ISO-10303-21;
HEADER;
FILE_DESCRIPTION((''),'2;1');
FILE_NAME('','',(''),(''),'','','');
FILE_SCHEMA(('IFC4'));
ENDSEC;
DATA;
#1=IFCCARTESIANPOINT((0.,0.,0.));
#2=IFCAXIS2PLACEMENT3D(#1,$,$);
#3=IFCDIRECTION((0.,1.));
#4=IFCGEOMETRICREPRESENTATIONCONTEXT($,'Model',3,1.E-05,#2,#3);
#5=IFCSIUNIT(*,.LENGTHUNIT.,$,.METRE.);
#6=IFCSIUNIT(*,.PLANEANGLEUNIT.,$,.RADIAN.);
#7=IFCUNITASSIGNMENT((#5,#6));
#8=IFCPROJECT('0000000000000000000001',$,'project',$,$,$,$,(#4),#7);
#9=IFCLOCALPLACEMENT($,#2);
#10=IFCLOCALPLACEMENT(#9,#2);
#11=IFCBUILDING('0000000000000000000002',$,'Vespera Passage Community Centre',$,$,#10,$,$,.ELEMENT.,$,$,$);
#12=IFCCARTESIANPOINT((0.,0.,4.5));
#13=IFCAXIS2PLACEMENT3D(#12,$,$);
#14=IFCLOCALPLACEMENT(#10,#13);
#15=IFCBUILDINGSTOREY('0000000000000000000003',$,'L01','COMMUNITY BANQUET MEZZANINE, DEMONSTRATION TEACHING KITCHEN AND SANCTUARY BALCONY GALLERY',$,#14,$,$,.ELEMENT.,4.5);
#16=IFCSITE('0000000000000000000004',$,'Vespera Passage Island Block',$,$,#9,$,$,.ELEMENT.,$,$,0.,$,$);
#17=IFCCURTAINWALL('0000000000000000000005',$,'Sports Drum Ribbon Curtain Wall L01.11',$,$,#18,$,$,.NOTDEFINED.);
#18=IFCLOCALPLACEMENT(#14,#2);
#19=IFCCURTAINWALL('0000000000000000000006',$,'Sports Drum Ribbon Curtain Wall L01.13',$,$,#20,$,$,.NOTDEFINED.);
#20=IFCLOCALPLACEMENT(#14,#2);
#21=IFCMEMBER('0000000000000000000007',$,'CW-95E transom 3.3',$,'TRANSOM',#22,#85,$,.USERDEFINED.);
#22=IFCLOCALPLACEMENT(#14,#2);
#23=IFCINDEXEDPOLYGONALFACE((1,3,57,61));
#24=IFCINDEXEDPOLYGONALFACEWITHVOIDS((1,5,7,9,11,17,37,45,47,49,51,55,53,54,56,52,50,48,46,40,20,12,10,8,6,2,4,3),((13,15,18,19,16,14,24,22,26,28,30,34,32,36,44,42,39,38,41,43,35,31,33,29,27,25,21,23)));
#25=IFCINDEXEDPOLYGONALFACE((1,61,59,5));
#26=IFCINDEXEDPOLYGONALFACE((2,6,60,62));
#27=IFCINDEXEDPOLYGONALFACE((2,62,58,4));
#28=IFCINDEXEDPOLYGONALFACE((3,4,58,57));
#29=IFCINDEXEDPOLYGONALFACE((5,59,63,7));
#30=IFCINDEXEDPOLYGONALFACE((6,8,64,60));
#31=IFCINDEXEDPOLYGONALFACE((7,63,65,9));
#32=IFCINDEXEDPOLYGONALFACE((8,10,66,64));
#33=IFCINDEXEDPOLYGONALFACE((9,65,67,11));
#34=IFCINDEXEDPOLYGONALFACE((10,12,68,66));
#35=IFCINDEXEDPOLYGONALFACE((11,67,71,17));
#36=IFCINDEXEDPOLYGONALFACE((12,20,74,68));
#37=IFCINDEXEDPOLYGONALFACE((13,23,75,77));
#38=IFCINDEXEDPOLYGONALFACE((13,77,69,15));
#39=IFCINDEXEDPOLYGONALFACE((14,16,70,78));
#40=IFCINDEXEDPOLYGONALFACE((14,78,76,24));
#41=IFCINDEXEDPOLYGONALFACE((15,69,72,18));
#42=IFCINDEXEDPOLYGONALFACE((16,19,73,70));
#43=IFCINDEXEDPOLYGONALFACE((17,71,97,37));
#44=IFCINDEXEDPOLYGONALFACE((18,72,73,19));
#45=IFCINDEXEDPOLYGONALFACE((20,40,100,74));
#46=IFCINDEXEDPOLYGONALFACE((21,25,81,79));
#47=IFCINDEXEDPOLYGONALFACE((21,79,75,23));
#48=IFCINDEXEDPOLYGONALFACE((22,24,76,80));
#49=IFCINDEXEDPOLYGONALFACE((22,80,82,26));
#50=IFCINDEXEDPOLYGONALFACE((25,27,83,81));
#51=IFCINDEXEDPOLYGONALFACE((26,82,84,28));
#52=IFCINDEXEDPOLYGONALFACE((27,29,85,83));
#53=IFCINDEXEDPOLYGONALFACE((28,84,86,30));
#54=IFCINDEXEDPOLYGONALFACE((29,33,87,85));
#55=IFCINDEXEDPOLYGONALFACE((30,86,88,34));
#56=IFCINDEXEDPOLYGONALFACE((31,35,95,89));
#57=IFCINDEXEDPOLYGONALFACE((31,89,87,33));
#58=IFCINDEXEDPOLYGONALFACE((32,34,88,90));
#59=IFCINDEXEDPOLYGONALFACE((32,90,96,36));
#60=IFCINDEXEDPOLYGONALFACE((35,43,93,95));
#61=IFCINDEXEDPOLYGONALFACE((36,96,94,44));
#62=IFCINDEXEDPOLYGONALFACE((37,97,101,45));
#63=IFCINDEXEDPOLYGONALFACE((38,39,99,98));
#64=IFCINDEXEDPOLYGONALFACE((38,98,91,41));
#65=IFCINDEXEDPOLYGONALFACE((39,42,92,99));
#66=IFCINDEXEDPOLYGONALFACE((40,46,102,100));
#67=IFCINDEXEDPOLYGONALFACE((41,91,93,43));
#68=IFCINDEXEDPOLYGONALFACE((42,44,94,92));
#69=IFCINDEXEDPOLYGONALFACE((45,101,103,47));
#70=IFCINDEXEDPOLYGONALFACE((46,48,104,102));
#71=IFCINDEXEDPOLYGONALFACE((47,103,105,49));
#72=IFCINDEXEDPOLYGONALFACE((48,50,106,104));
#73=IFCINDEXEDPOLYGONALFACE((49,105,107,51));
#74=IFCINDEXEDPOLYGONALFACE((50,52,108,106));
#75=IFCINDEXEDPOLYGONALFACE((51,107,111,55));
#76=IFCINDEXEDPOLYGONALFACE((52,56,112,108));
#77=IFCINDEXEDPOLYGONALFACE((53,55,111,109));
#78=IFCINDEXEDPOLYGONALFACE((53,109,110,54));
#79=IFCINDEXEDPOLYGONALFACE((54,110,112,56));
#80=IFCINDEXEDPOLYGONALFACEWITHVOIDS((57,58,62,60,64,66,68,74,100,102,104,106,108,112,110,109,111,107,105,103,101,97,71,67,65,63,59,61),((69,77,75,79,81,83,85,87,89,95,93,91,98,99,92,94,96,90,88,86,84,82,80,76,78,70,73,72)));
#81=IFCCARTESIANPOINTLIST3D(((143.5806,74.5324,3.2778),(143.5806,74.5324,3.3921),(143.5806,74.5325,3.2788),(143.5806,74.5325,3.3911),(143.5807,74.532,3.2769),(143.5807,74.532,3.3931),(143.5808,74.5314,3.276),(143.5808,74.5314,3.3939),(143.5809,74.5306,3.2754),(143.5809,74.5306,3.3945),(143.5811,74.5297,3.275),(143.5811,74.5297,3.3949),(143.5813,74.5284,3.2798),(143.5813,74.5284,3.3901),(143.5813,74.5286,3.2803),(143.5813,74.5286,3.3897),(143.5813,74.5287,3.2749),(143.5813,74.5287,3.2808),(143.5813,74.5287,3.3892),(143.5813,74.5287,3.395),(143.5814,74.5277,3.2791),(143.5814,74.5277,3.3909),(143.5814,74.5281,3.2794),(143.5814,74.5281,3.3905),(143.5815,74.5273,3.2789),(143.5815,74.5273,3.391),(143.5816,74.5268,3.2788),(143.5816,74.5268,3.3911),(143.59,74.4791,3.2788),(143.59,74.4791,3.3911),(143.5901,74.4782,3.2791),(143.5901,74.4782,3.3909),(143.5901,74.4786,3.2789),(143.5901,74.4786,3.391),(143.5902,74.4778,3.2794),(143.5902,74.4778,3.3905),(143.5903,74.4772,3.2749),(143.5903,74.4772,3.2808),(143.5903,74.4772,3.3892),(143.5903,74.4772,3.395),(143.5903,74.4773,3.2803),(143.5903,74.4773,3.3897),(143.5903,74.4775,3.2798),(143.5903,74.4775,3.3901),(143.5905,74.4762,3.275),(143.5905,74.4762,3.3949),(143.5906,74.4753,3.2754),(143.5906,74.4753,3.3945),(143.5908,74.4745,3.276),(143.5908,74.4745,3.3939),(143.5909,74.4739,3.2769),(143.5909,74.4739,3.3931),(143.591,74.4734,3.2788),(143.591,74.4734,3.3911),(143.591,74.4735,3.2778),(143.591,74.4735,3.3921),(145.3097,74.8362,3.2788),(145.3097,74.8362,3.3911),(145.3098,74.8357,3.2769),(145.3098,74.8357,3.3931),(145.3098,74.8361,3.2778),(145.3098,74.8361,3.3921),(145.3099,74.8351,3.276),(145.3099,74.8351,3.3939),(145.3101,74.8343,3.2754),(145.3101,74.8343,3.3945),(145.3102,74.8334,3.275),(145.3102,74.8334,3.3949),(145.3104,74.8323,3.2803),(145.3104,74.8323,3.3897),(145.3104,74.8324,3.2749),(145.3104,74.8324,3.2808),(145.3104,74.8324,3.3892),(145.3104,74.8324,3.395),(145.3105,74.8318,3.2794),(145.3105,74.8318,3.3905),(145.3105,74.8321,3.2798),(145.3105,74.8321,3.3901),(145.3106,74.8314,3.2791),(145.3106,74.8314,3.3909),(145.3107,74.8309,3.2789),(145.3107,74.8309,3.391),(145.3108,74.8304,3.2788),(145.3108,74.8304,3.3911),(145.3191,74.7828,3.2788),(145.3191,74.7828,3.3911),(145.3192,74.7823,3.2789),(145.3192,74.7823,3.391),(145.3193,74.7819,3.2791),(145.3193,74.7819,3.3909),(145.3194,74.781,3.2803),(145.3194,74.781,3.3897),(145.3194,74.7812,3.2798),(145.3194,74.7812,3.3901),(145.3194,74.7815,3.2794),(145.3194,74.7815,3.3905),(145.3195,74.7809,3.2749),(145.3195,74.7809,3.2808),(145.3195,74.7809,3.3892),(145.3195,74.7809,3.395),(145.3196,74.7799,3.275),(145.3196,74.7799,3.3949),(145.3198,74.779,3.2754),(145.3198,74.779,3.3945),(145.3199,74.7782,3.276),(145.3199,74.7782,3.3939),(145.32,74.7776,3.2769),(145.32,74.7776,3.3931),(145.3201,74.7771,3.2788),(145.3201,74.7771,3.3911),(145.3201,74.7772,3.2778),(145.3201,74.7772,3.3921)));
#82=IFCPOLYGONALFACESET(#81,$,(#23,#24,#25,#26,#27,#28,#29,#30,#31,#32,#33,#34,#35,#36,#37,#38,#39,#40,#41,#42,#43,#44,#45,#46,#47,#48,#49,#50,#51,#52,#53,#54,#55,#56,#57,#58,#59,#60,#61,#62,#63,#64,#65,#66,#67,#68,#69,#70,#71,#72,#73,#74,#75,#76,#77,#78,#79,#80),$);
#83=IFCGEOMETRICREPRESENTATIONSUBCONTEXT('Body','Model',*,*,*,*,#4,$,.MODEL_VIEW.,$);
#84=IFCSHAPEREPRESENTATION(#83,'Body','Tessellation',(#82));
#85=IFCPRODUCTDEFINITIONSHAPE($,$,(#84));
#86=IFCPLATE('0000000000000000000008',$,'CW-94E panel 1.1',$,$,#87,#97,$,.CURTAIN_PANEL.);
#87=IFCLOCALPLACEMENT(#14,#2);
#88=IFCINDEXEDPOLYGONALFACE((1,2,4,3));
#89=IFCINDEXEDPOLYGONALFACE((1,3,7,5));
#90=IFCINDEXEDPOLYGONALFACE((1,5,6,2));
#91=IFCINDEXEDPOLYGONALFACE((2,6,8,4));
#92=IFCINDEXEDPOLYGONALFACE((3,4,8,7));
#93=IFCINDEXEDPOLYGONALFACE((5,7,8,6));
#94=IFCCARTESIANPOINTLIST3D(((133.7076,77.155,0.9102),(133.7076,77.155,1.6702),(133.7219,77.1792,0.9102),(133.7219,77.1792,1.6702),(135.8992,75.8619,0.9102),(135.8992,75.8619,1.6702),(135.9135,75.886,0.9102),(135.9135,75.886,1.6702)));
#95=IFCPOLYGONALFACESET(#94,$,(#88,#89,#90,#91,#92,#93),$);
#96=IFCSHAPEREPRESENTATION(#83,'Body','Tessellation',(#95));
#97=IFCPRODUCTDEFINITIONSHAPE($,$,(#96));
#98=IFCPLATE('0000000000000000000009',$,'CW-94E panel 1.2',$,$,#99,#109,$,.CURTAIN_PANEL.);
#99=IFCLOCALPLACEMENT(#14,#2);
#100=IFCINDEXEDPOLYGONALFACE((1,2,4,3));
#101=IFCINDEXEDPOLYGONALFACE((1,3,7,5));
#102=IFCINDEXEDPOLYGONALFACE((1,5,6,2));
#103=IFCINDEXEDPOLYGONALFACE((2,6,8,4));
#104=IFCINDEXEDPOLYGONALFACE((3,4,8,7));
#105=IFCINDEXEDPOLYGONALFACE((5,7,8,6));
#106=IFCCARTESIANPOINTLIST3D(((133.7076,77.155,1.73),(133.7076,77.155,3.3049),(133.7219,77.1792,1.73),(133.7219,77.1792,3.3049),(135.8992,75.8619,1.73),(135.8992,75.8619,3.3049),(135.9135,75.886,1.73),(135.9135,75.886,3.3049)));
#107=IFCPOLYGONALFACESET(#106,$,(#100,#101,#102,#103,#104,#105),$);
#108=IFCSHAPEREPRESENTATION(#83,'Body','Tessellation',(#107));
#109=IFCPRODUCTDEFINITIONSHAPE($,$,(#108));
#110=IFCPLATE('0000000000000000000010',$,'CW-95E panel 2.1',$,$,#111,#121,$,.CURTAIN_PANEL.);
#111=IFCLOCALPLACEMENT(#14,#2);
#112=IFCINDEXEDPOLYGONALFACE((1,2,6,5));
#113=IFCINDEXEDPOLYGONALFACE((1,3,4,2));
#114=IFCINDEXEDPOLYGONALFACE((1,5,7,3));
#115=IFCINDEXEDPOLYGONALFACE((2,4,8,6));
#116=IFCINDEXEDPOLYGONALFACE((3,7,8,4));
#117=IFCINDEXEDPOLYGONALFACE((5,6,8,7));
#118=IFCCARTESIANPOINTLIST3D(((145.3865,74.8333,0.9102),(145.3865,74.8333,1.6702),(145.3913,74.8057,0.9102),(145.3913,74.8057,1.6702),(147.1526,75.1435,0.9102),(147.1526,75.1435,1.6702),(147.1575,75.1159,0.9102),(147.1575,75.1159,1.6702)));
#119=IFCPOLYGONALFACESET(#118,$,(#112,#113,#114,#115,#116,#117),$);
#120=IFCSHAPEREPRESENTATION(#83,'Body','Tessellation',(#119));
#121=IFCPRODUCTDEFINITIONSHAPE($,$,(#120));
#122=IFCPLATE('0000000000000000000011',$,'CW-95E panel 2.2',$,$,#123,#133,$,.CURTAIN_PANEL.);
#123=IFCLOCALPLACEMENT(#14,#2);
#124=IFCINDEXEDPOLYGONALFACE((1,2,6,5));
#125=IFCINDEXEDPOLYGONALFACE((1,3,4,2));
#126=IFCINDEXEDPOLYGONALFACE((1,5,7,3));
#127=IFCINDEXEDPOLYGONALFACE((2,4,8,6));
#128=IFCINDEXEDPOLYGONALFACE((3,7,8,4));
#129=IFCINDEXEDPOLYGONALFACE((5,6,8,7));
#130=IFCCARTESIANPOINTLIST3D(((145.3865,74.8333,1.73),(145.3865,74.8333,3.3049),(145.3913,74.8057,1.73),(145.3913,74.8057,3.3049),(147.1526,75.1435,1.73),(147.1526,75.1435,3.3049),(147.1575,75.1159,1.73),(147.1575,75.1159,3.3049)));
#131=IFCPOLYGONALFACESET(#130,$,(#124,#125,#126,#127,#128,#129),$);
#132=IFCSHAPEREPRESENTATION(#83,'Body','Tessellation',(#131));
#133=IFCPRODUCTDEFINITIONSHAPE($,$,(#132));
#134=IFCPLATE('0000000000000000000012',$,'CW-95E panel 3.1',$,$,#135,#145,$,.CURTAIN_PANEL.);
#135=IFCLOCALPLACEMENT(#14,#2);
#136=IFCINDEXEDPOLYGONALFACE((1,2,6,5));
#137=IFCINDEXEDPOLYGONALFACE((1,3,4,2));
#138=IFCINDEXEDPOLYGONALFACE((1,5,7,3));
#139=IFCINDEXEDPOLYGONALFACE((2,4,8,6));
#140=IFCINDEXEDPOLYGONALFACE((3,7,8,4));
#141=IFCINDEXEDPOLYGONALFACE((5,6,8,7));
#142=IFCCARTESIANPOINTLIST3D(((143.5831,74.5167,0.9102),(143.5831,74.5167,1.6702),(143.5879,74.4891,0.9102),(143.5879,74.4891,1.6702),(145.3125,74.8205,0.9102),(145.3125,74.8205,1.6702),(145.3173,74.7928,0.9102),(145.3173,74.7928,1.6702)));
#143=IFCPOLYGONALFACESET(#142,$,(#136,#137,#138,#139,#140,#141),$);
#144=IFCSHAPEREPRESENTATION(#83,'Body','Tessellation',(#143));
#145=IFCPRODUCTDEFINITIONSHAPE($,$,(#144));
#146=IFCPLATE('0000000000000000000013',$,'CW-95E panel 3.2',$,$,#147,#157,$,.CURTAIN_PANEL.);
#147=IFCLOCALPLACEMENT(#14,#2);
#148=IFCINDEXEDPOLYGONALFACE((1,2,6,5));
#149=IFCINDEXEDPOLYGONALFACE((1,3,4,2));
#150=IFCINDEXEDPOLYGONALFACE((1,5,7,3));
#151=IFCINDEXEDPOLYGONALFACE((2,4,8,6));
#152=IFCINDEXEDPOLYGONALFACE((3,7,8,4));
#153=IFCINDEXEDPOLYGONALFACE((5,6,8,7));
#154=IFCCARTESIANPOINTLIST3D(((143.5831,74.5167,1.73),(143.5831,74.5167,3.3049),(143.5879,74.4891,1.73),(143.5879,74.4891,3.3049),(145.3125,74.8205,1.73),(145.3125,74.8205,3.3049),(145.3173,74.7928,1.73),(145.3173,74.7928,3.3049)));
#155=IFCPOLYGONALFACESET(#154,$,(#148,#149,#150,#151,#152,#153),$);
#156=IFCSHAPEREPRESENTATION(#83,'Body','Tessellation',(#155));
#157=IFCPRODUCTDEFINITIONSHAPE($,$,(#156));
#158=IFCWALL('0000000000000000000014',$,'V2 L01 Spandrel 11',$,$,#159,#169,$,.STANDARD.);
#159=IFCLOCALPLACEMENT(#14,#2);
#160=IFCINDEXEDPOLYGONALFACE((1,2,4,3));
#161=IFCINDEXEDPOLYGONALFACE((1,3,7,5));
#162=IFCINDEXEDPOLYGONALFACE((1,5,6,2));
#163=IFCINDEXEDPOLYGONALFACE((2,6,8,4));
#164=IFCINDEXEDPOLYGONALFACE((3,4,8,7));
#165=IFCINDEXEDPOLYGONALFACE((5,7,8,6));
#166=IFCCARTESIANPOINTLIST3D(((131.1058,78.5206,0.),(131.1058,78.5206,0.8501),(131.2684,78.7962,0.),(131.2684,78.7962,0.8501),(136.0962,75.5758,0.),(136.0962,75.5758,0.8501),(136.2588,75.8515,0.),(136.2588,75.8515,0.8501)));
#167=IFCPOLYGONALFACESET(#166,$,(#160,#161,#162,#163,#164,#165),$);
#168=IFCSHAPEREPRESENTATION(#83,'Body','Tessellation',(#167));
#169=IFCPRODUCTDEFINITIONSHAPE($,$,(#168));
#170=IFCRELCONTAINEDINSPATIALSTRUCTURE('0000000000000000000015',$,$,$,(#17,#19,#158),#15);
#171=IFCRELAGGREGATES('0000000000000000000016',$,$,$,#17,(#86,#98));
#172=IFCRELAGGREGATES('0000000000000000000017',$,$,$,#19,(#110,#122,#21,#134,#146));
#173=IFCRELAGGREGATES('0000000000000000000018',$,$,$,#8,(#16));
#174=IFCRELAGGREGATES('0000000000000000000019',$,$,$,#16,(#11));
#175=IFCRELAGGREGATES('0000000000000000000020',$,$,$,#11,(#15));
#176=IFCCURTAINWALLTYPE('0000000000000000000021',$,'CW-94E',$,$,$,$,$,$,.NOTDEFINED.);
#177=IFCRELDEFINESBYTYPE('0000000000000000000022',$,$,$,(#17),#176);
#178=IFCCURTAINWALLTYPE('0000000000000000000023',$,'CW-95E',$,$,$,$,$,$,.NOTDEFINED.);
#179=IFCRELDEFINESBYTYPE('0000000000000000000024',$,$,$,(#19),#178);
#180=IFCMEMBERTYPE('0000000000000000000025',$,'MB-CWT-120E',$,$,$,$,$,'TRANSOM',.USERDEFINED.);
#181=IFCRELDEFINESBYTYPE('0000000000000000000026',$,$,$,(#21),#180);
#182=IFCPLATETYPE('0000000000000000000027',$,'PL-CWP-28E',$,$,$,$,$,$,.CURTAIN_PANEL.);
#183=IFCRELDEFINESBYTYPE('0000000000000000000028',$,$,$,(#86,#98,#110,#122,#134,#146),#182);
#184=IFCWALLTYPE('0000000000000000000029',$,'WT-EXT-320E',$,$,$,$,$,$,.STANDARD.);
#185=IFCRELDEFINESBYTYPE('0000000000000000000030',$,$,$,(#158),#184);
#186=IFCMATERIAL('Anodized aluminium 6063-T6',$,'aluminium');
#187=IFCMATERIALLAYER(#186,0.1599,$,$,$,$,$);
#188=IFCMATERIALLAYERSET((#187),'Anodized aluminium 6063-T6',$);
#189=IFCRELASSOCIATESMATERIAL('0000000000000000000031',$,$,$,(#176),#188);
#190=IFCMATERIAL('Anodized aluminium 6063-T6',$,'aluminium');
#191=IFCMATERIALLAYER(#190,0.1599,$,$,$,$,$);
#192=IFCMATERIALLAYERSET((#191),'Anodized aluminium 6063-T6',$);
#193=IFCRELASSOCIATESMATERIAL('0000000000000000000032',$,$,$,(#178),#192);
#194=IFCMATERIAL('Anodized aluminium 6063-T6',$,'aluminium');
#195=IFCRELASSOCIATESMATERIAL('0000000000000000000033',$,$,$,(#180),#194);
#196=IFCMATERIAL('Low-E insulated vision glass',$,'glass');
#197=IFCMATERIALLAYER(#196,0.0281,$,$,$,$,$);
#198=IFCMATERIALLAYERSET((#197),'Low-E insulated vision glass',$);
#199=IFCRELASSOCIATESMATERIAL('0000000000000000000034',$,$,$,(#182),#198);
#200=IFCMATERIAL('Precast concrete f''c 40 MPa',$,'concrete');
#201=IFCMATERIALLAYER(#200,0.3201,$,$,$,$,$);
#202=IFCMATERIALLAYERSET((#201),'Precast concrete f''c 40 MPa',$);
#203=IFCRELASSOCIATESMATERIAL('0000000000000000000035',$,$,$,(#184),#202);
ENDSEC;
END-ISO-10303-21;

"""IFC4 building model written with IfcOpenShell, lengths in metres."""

from ifc_helpers import new_model, si_unit, direction, frame, frame_2d, origin, origin_2d, place, context, subcontext, project, spatial, rectangle, hollow_rectangle, extrude, material, layer, layer_set, material_profile, profile_set, type_object, element, aggregate, save


model = new_model("IFC4")

# Units and contexts
model_context = context("Model", 3, precision=1e-05, world=origin(), true_north=direction((0.0, 1.0)))
body_context = subcontext(model_context, "Body", "Model", "MODEL_VIEW")
ifc_project = project(units=[si_unit("LENGTHUNIT", "METRE"), si_unit("PLANEANGLEUNIT", "RADIAN")], contexts=[model_context])

# Site, building, storey
site_placement = place(None, origin())
site = spatial("IfcSite", under=ifc_project, at=site_placement, Name="Vespera Passage Island Block", CompositionType="ELEMENT", RefElevation=0.0)
building_placement = place(site_placement, origin())
building = spatial("IfcBuilding", under=site, at=building_placement, Name="Vespera Passage Community Centre", CompositionType="ELEMENT")
storey_placement = place(building_placement, frame((0.0, 0.0, 4.5)))
storey = spatial("IfcBuildingStorey", under=building, at=storey_placement, Name="L01", Description="COMMUNITY BANQUET MEZZANINE, DEMONSTRATION TEACHING KITCHEN AND SANCTUARY BALCONY GALLERY", CompositionType="ELEMENT", Elevation=4.5)

# Curtain walls
ifc_material_1 = material(Name="Anodized aluminium 6063-T6", Category="aluminium")
ifc_layer_1 = layer(ifc_material_1, 0.1599)
ifc_layer_set_1 = layer_set([ifc_layer_1], Name="Anodized aluminium 6063-T6")
curtain_wall_type_1 = type_object("IfcCurtainWallType", Name="CW-94E", PredefinedType="NOTDEFINED", material=ifc_layer_set_1)
curtain_wall_1_placement = place(storey_placement, origin())
curtain_wall_1 = element("IfcCurtainWall", 1, at=curtain_wall_1_placement, inside=storey, type_object=curtain_wall_type_1, Name="Sports Drum Ribbon Curtain Wall L01.11", PredefinedType="NOTDEFINED")
ifc_material_2 = material(Name="Anodized aluminium 6063-T6", Category="aluminium")
ifc_layer_2 = layer(ifc_material_2, 0.1599)
ifc_layer_set_2 = layer_set([ifc_layer_2], Name="Anodized aluminium 6063-T6")
curtain_wall_type_2 = type_object("IfcCurtainWallType", Name="CW-95E", PredefinedType="NOTDEFINED", material=ifc_layer_set_2)
curtain_wall_2_placement = place(storey_placement, origin())
curtain_wall_2 = element("IfcCurtainWall", 2, at=curtain_wall_2_placement, inside=storey, type_object=curtain_wall_type_2, Name="Sports Drum Ribbon Curtain Wall L01.13", PredefinedType="NOTDEFINED")

# Member
ifc_material_3 = material(Name="Anodized aluminium 6063-T6", Category="aluminium")
ifc_material_profile_1 = material_profile(ifc_material_3, hollow_rectangle(XDim=0.0601, YDim=0.1201, WallThickness=0.0039, InnerFilletRadius=0.002, OuterFilletRadius=0.0039, at=origin_2d()), Name="ALU120X60X4")
ifc_profile_set_1 = profile_set([ifc_material_profile_1], Name="Anodized aluminium 6063-T6")
member_type_1 = type_object("IfcMemberType", Name="MB-CWT-120E", ElementType="TRANSOM", PredefinedType="USERDEFINED", material=ifc_profile_set_1)
member_1_placement = place(storey_placement, frame((145.3149, 74.8066, 3.335), z_axis=(-0.984925, -0.172984, 0.0), x_axis=(0.172984, -0.984925, 0.0)))
member_1 = element("IfcMember", 3, at=member_1_placement, type_object=member_type_1, Name="CW-95E transom 3.3", ObjectType="TRANSOM", PredefinedType="USERDEFINED", context=body_context, shape_type="SweptSolid", body=[
    extrude(hollow_rectangle(XDim=0.0601, YDim=0.1201, WallThickness=0.0039, InnerFilletRadius=0.002, OuterFilletRadius=0.0039, at=origin_2d()), origin(), (0.0, 0.0, 1.0), 1.7556),
])

# Plates
ifc_material_4 = material(Name="Low-E insulated vision glass", Category="glass")
ifc_layer_3 = layer(ifc_material_4, 0.0281)
ifc_layer_set_3 = layer_set([ifc_layer_3], Name="Low-E insulated vision glass")
plate_type = type_object("IfcPlateType", Name="PL-CWP-28E", PredefinedType="CURTAIN_PANEL", material=ifc_layer_set_3)
plate_1_placement = place(storey_placement, frame((134.8105, 76.5205, 0.9102), z_axis=(0.0, 0.0, 1.0), x_axis=(-0.861257, 0.50817, 0.0)))
plate_1 = element("IfcPlate", 4, at=plate_1_placement, type_object=plate_type, Name="CW-94E panel 1.1", PredefinedType="CURTAIN_PANEL", context=body_context, shape_type="SweptSolid", body=[
    extrude(rectangle(XDim=2.5447, YDim=0.0281, at=origin_2d()), origin(), (0.0, 0.0, 1.0), 0.76),
])
plate_2_placement = place(storey_placement, frame((134.8105, 76.5205, 1.73), z_axis=(0.0, 0.0, 1.0), x_axis=(-0.861257, 0.50817, 0.0)))
plate_2 = element("IfcPlate", 5, at=plate_2_placement, type_object=plate_type, Name="CW-94E panel 1.2", PredefinedType="CURTAIN_PANEL", context=body_context, shape_type="SweptSolid", body=[
    extrude(rectangle(XDim=2.5447, YDim=0.0281, at=origin_2d()), origin(), (0.0, 0.0, 1.0), 1.575),
])
aggregate(curtain_wall_1, [plate_1, plate_2])
plate_3_placement = place(storey_placement, frame((146.272, 74.9746, 0.9102), z_axis=(0.0, 0.0, 1.0), x_axis=(-0.984923, -0.172994, 0.0)))
plate_3 = element("IfcPlate", 6, at=plate_3_placement, type_object=plate_type, Name="CW-95E panel 2.1", PredefinedType="CURTAIN_PANEL", context=body_context, shape_type="SweptSolid", body=[
    extrude(rectangle(XDim=1.7932, YDim=0.0281, at=origin_2d()), origin(), (0.0, 0.0, 1.0), 0.76),
])
plate_4_placement = place(storey_placement, frame((146.272, 74.9746, 1.73), z_axis=(0.0, 0.0, 1.0), x_axis=(-0.984923, -0.172994, 0.0)))
plate_4 = element("IfcPlate", 7, at=plate_4_placement, type_object=plate_type, Name="CW-95E panel 2.2", PredefinedType="CURTAIN_PANEL", context=body_context, shape_type="SweptSolid", body=[
    extrude(rectangle(XDim=1.7932, YDim=0.0281, at=origin_2d()), origin(), (0.0, 0.0, 1.0), 1.575),
])
plate_5_placement = place(storey_placement, frame((144.4502, 74.6548, 0.9102), z_axis=(0.0, 0.0, 1.0), x_axis=(-0.984923, -0.172994, 0.0)))
plate_5 = element("IfcPlate", 8, at=plate_5_placement, type_object=plate_type, Name="CW-95E panel 3.1", PredefinedType="CURTAIN_PANEL", context=body_context, shape_type="SweptSolid", body=[
    extrude(rectangle(XDim=1.7559, YDim=0.0281, at=origin_2d()), origin(), (0.0, 0.0, 1.0), 0.76),
])
plate_6_placement = place(storey_placement, frame((144.4502, 74.6548, 1.73), z_axis=(0.0, 0.0, 1.0), x_axis=(-0.984923, -0.172994, 0.0)))
plate_6 = element("IfcPlate", 9, at=plate_6_placement, type_object=plate_type, Name="CW-95E panel 3.2", PredefinedType="CURTAIN_PANEL", context=body_context, shape_type="SweptSolid", body=[
    extrude(rectangle(XDim=1.7559, YDim=0.0281, at=origin_2d()), origin(), (0.0, 0.0, 1.0), 1.575),
])
aggregate(curtain_wall_2, [plate_3, plate_4, member_1, plate_5, plate_6])

# Wall
ifc_material_5 = material(Name="Precast concrete f'c 40 MPa", Category="concrete")
ifc_layer_4 = layer(ifc_material_5, 0.3201)
ifc_layer_set_4 = layer_set([ifc_layer_4], Name="Precast concrete f'c 40 MPa")
wall_type_1 = type_object("IfcWallType", Name="WT-EXT-320E", PredefinedType="STANDARD", material=ifc_layer_set_4)
wall_1_placement = place(storey_placement, frame((136.1775, 75.7136, 0.0), z_axis=(0.0, 0.0, 1.0), x_axis=(-0.861236, 0.508205, 0.0)))
element("IfcWall", 10, at=wall_1_placement, inside=storey, type_object=wall_type_1, Name="V2 L01 Spandrel 11", PredefinedType="STANDARD", context=body_context, shape_type="SweptSolid", body=[
    extrude(rectangle(XDim=5.7944, YDim=0.3201, at=frame_2d((2.8972, 0.0))), origin(), (0.0, 0.0, 1.0), 0.8501),
])

save(model, "model.ifc")
